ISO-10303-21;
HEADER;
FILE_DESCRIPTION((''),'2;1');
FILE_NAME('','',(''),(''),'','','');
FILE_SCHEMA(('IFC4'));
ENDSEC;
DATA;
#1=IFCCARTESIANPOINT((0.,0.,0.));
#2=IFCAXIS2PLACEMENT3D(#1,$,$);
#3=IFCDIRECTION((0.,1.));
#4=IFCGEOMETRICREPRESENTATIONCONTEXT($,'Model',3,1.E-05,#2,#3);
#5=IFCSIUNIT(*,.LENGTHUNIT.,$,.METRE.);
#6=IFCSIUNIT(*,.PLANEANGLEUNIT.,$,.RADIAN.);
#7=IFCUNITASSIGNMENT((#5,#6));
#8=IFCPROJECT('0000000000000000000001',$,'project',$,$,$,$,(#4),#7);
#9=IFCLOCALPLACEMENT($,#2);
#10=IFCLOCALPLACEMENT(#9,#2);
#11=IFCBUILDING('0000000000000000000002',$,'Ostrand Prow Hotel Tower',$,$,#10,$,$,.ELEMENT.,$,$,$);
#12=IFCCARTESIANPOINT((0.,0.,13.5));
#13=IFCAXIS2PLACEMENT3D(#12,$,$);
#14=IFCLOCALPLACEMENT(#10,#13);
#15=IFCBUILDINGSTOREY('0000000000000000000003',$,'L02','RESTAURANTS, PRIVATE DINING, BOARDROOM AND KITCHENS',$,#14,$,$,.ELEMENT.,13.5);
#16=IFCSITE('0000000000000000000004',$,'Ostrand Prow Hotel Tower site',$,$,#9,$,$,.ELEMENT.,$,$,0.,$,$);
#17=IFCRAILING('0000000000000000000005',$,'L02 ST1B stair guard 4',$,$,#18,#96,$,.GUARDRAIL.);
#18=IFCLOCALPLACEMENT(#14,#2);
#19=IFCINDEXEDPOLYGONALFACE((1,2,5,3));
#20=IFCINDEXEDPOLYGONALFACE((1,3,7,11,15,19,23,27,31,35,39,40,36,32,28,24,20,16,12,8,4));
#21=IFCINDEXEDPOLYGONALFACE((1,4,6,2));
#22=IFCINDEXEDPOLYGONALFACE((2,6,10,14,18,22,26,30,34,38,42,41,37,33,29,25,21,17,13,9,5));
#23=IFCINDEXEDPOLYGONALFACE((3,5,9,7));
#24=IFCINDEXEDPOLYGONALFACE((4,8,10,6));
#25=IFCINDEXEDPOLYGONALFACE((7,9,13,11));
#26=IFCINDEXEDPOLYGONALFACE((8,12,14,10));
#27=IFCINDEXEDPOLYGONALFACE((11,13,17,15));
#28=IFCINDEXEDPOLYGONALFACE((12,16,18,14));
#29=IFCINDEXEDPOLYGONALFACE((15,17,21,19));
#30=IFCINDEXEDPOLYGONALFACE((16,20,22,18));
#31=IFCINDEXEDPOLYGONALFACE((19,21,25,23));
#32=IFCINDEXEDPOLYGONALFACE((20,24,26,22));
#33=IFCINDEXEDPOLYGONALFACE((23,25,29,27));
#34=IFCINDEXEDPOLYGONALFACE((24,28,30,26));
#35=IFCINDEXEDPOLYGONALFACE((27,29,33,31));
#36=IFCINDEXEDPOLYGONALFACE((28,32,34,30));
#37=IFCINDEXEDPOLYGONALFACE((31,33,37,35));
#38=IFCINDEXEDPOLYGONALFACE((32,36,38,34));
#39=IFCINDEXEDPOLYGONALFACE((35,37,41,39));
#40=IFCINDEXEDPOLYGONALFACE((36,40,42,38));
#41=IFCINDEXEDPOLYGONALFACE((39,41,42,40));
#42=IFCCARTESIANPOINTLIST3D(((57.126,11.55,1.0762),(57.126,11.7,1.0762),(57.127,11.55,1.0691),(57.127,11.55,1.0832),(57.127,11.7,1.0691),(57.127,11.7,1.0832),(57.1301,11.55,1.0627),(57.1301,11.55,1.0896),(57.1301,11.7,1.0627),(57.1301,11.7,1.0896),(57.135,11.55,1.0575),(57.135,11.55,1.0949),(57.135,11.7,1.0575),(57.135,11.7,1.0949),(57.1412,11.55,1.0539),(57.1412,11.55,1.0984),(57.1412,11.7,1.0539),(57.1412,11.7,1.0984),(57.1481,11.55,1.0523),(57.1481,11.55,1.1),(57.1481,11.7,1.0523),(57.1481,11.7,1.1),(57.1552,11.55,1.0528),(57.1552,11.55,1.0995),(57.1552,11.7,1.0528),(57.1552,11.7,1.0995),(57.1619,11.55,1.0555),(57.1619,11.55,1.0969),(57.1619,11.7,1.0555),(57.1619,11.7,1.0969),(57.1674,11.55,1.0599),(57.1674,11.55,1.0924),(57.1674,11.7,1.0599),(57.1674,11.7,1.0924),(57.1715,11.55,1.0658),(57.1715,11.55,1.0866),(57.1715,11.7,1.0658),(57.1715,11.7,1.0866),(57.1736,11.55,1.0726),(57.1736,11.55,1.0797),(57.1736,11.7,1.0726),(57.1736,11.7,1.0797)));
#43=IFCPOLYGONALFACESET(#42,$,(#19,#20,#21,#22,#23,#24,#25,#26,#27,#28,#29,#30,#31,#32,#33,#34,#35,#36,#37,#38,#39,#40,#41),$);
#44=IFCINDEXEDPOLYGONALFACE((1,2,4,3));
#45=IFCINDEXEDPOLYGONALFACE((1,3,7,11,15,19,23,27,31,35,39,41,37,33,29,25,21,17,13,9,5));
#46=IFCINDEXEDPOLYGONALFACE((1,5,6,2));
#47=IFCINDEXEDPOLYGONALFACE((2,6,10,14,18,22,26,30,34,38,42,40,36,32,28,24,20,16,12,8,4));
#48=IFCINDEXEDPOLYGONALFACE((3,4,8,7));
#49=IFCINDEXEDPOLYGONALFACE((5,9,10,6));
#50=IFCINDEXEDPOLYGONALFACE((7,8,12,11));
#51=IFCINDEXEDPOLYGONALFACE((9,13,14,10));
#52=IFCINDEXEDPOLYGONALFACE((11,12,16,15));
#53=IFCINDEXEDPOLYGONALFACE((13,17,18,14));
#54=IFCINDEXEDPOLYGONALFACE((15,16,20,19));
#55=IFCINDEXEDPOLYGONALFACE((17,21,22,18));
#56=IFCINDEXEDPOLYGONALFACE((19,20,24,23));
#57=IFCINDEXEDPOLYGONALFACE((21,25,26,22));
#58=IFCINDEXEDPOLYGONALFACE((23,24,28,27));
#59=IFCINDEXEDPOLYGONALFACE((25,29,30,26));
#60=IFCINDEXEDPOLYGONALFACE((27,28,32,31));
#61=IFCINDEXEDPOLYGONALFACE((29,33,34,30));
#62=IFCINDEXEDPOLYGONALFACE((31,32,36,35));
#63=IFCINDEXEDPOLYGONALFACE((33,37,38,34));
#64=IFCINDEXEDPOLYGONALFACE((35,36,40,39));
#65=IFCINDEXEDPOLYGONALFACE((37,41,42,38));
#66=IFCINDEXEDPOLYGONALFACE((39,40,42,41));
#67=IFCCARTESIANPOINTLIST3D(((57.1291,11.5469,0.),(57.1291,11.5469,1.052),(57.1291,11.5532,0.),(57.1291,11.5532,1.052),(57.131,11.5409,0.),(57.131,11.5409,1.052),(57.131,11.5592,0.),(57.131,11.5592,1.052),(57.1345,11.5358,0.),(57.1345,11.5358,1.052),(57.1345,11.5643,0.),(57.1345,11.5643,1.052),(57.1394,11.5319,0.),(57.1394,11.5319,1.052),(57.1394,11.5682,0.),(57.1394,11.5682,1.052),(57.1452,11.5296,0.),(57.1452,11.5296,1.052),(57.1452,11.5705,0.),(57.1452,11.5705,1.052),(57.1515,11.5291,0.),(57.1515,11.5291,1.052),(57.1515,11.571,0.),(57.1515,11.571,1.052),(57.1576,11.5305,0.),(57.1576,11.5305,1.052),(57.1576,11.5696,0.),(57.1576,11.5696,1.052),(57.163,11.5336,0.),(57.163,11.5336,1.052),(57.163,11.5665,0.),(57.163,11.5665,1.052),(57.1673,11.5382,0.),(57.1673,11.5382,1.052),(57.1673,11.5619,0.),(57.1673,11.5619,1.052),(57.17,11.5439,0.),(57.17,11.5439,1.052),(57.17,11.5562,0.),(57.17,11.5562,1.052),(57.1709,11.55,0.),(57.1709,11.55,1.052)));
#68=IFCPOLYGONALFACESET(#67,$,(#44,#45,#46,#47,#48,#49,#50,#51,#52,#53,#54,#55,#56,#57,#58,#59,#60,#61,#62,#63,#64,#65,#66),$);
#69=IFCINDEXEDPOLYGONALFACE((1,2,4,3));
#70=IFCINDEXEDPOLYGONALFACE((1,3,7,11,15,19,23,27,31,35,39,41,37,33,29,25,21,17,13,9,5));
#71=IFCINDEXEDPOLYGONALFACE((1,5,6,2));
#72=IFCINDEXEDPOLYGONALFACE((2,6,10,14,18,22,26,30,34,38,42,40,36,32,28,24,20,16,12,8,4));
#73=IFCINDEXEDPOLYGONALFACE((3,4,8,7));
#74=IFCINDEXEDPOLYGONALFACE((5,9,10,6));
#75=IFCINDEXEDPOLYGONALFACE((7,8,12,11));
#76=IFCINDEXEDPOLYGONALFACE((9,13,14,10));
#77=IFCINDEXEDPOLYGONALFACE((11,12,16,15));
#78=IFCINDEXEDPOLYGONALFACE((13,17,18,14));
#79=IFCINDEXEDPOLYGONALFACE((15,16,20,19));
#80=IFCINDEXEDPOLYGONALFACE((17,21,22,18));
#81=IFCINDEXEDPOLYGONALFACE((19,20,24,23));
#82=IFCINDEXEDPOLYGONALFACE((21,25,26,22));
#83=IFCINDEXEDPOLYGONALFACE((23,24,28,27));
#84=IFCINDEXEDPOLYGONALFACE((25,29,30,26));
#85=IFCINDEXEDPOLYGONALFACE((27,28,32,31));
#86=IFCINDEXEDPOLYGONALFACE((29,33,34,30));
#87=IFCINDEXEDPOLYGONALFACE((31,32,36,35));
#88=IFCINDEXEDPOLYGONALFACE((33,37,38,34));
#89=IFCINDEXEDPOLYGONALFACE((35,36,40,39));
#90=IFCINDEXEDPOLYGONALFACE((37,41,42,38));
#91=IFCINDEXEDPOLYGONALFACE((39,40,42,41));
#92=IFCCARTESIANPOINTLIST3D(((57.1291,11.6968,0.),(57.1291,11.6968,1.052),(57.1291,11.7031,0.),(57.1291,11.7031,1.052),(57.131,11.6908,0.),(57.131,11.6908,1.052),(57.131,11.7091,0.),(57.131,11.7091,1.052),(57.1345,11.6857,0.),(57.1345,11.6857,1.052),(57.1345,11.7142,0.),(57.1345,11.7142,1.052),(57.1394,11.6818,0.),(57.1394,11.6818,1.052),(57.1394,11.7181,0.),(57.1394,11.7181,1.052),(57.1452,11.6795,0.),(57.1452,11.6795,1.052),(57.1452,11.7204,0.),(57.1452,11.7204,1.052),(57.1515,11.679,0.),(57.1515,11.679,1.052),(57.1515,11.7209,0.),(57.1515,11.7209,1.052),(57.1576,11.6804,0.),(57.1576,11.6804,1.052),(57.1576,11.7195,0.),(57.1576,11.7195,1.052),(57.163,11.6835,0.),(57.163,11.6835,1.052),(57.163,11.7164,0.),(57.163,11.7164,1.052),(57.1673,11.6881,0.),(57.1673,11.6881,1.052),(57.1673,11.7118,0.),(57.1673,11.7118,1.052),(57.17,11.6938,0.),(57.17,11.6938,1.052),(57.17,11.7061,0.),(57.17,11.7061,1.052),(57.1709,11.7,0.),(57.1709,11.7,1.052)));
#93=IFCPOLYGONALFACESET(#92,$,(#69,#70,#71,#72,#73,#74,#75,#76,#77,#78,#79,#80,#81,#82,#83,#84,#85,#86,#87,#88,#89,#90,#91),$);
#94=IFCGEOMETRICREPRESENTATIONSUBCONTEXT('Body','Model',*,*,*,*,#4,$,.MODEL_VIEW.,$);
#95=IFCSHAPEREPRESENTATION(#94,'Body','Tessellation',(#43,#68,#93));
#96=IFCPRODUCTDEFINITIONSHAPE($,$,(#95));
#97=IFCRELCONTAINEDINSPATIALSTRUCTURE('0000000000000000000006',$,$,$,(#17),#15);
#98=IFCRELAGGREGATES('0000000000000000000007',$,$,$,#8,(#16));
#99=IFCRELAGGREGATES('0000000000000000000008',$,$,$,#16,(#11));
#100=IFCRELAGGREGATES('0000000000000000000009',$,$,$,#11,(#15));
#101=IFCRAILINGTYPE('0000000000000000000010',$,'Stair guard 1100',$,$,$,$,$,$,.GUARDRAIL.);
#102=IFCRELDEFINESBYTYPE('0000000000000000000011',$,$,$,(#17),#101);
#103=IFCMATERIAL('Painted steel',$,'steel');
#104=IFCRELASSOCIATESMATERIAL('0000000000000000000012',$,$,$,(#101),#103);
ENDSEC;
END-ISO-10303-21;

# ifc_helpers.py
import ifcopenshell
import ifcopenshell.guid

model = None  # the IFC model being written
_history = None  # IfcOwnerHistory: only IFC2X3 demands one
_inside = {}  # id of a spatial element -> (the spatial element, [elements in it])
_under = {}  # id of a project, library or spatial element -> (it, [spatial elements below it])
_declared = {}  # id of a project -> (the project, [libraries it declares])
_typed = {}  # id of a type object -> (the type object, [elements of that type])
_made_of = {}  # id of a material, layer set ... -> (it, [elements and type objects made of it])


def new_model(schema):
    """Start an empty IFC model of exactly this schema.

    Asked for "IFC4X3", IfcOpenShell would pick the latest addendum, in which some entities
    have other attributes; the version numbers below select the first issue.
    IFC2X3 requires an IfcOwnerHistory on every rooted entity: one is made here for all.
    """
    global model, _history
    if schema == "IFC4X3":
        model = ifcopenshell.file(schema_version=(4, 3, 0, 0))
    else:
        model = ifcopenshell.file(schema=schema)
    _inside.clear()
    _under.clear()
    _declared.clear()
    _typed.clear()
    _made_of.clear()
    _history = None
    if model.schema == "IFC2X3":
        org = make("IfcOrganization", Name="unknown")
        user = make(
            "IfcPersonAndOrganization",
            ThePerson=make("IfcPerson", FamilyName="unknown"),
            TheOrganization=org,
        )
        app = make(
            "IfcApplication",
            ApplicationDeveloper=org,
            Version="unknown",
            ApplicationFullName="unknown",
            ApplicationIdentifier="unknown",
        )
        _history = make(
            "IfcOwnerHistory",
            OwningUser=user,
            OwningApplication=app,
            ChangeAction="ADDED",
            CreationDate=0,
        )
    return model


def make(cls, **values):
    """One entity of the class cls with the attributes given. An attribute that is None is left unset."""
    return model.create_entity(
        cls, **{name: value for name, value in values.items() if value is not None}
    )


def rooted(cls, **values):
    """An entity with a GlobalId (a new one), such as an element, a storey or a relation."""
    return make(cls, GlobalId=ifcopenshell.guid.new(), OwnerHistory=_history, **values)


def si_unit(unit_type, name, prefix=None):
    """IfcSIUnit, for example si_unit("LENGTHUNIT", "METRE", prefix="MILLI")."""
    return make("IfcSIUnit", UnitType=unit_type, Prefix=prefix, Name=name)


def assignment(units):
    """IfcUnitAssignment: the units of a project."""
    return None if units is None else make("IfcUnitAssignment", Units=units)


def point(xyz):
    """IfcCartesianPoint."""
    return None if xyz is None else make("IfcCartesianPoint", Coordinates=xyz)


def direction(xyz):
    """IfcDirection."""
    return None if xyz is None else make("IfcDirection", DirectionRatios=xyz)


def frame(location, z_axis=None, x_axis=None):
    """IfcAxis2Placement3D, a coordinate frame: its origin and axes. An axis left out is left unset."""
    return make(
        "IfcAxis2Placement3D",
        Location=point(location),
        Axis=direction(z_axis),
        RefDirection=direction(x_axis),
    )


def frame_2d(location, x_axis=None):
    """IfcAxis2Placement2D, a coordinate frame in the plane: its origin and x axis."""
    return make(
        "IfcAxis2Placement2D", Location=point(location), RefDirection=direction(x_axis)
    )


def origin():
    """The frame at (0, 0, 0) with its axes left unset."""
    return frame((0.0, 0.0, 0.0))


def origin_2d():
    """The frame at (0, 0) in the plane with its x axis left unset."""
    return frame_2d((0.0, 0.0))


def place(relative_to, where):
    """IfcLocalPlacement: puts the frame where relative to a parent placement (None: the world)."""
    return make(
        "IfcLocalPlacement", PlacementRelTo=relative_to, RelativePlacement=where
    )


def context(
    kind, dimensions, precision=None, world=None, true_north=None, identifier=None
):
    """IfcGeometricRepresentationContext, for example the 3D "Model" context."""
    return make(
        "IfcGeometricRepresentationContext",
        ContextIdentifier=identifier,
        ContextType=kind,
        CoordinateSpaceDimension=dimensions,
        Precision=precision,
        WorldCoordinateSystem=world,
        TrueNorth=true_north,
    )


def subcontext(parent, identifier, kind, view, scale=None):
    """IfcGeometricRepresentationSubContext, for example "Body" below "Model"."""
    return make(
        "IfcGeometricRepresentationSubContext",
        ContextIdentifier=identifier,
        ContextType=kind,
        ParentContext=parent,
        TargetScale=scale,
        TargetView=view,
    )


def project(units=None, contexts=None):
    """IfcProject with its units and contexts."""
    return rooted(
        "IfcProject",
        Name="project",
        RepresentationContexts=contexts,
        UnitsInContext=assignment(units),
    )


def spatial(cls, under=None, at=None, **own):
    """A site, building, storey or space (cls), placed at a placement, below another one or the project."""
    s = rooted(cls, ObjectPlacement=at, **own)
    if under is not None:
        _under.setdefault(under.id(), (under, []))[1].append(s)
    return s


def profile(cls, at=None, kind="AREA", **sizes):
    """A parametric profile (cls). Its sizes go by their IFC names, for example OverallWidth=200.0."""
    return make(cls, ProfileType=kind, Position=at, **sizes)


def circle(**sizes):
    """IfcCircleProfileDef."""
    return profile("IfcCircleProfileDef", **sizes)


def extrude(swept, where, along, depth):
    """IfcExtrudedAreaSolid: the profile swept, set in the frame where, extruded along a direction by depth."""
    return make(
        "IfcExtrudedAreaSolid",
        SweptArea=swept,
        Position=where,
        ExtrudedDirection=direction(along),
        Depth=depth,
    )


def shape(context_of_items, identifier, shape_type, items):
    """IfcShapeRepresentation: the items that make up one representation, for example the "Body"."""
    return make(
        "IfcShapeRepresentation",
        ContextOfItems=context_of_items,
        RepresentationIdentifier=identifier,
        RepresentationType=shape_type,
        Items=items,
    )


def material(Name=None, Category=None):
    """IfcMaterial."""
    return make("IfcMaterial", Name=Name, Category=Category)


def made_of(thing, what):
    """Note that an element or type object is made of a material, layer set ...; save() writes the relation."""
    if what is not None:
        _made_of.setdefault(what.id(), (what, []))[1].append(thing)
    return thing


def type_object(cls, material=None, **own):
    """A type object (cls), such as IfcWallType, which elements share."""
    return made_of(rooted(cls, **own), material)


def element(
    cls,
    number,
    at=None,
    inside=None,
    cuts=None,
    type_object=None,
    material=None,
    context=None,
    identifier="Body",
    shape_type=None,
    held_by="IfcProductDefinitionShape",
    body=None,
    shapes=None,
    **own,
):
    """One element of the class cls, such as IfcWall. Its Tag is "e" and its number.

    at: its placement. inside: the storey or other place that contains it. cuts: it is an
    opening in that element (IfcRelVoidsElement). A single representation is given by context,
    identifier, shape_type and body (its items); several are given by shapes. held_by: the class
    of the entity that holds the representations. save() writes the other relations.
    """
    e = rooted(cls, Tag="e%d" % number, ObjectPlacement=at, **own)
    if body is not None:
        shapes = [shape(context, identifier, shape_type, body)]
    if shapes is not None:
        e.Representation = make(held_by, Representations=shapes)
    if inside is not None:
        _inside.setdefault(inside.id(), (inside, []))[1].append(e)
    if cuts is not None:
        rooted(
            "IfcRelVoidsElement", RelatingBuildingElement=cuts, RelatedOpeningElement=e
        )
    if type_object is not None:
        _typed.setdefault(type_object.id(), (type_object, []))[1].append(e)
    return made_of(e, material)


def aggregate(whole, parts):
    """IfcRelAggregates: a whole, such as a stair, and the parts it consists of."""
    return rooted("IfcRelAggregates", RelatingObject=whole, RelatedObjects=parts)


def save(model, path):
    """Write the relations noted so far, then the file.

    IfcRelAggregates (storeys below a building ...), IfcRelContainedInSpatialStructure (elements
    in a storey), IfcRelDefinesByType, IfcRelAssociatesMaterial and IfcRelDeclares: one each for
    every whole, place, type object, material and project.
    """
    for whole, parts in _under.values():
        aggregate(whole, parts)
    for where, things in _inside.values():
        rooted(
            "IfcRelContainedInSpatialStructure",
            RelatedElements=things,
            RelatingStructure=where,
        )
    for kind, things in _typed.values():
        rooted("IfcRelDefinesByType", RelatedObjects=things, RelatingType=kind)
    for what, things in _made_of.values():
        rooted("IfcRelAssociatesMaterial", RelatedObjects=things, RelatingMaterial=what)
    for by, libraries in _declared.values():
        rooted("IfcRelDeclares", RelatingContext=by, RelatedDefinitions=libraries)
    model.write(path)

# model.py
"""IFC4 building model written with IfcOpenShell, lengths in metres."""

from ifc_helpers import new_model, si_unit, direction, frame, origin, origin_2d, place, context, subcontext, project, spatial, circle, extrude, material, type_object, element, save


model = new_model("IFC4")

# Units and contexts
model_context = context("Model", 3, precision=1e-05, world=origin(), true_north=direction((0.0, 1.0)))
body_context = subcontext(model_context, "Body", "Model", "MODEL_VIEW")
ifc_project = project(units=[si_unit("LENGTHUNIT", "METRE"), si_unit("PLANEANGLEUNIT", "RADIAN")], contexts=[model_context])

# Site, building, storey
site_placement = place(None, origin())
site = spatial("IfcSite", under=ifc_project, at=site_placement, Name="Ostrand Prow Hotel Tower site", CompositionType="ELEMENT", RefElevation=0.0)
building_placement = place(site_placement, origin())
building = spatial("IfcBuilding", under=site, at=building_placement, Name="Ostrand Prow Hotel Tower", CompositionType="ELEMENT")
storey_placement = place(building_placement, frame((0.0, 0.0, 13.5)))
storey = spatial("IfcBuildingStorey", under=building, at=storey_placement, Name="L02", Description="RESTAURANTS, PRIVATE DINING, BOARDROOM AND KITCHENS", CompositionType="ELEMENT", Elevation=13.5)

# Railing
ifc_material_1 = material(Name="Painted steel", Category="steel")
railing_type_1 = type_object("IfcRailingType", Name="Stair guard 1100", PredefinedType="GUARDRAIL", material=ifc_material_1)
railing_1_placement = place(storey_placement, frame((57.1499, 11.55, 0.0)))
element("IfcRailing", 1, at=railing_1_placement, inside=storey, type_object=railing_type_1, Name="L02 ST1B stair guard 4", PredefinedType="GUARDRAIL", context=body_context, shape_type="SweptSolid", body=[
    extrude(circle(Radius=0.0239, at=origin_2d()), frame((0.0, 0.0, 1.0762), z_axis=(0.0, 1.0, 0.0), x_axis=(-1.0, 0.0, 0.0)), (0.0, 0.0, 1.0), 0.1499),
    extrude(circle(Radius=0.021, at=origin_2d()), origin(), (0.0, 0.0, 1.0), 1.052),
    extrude(circle(Radius=0.021, at=origin_2d()), frame((0.0, 0.1499, 0.0)), (0.0, 0.0, 1.0), 1.052),
])

save(model, "model.ifc")
